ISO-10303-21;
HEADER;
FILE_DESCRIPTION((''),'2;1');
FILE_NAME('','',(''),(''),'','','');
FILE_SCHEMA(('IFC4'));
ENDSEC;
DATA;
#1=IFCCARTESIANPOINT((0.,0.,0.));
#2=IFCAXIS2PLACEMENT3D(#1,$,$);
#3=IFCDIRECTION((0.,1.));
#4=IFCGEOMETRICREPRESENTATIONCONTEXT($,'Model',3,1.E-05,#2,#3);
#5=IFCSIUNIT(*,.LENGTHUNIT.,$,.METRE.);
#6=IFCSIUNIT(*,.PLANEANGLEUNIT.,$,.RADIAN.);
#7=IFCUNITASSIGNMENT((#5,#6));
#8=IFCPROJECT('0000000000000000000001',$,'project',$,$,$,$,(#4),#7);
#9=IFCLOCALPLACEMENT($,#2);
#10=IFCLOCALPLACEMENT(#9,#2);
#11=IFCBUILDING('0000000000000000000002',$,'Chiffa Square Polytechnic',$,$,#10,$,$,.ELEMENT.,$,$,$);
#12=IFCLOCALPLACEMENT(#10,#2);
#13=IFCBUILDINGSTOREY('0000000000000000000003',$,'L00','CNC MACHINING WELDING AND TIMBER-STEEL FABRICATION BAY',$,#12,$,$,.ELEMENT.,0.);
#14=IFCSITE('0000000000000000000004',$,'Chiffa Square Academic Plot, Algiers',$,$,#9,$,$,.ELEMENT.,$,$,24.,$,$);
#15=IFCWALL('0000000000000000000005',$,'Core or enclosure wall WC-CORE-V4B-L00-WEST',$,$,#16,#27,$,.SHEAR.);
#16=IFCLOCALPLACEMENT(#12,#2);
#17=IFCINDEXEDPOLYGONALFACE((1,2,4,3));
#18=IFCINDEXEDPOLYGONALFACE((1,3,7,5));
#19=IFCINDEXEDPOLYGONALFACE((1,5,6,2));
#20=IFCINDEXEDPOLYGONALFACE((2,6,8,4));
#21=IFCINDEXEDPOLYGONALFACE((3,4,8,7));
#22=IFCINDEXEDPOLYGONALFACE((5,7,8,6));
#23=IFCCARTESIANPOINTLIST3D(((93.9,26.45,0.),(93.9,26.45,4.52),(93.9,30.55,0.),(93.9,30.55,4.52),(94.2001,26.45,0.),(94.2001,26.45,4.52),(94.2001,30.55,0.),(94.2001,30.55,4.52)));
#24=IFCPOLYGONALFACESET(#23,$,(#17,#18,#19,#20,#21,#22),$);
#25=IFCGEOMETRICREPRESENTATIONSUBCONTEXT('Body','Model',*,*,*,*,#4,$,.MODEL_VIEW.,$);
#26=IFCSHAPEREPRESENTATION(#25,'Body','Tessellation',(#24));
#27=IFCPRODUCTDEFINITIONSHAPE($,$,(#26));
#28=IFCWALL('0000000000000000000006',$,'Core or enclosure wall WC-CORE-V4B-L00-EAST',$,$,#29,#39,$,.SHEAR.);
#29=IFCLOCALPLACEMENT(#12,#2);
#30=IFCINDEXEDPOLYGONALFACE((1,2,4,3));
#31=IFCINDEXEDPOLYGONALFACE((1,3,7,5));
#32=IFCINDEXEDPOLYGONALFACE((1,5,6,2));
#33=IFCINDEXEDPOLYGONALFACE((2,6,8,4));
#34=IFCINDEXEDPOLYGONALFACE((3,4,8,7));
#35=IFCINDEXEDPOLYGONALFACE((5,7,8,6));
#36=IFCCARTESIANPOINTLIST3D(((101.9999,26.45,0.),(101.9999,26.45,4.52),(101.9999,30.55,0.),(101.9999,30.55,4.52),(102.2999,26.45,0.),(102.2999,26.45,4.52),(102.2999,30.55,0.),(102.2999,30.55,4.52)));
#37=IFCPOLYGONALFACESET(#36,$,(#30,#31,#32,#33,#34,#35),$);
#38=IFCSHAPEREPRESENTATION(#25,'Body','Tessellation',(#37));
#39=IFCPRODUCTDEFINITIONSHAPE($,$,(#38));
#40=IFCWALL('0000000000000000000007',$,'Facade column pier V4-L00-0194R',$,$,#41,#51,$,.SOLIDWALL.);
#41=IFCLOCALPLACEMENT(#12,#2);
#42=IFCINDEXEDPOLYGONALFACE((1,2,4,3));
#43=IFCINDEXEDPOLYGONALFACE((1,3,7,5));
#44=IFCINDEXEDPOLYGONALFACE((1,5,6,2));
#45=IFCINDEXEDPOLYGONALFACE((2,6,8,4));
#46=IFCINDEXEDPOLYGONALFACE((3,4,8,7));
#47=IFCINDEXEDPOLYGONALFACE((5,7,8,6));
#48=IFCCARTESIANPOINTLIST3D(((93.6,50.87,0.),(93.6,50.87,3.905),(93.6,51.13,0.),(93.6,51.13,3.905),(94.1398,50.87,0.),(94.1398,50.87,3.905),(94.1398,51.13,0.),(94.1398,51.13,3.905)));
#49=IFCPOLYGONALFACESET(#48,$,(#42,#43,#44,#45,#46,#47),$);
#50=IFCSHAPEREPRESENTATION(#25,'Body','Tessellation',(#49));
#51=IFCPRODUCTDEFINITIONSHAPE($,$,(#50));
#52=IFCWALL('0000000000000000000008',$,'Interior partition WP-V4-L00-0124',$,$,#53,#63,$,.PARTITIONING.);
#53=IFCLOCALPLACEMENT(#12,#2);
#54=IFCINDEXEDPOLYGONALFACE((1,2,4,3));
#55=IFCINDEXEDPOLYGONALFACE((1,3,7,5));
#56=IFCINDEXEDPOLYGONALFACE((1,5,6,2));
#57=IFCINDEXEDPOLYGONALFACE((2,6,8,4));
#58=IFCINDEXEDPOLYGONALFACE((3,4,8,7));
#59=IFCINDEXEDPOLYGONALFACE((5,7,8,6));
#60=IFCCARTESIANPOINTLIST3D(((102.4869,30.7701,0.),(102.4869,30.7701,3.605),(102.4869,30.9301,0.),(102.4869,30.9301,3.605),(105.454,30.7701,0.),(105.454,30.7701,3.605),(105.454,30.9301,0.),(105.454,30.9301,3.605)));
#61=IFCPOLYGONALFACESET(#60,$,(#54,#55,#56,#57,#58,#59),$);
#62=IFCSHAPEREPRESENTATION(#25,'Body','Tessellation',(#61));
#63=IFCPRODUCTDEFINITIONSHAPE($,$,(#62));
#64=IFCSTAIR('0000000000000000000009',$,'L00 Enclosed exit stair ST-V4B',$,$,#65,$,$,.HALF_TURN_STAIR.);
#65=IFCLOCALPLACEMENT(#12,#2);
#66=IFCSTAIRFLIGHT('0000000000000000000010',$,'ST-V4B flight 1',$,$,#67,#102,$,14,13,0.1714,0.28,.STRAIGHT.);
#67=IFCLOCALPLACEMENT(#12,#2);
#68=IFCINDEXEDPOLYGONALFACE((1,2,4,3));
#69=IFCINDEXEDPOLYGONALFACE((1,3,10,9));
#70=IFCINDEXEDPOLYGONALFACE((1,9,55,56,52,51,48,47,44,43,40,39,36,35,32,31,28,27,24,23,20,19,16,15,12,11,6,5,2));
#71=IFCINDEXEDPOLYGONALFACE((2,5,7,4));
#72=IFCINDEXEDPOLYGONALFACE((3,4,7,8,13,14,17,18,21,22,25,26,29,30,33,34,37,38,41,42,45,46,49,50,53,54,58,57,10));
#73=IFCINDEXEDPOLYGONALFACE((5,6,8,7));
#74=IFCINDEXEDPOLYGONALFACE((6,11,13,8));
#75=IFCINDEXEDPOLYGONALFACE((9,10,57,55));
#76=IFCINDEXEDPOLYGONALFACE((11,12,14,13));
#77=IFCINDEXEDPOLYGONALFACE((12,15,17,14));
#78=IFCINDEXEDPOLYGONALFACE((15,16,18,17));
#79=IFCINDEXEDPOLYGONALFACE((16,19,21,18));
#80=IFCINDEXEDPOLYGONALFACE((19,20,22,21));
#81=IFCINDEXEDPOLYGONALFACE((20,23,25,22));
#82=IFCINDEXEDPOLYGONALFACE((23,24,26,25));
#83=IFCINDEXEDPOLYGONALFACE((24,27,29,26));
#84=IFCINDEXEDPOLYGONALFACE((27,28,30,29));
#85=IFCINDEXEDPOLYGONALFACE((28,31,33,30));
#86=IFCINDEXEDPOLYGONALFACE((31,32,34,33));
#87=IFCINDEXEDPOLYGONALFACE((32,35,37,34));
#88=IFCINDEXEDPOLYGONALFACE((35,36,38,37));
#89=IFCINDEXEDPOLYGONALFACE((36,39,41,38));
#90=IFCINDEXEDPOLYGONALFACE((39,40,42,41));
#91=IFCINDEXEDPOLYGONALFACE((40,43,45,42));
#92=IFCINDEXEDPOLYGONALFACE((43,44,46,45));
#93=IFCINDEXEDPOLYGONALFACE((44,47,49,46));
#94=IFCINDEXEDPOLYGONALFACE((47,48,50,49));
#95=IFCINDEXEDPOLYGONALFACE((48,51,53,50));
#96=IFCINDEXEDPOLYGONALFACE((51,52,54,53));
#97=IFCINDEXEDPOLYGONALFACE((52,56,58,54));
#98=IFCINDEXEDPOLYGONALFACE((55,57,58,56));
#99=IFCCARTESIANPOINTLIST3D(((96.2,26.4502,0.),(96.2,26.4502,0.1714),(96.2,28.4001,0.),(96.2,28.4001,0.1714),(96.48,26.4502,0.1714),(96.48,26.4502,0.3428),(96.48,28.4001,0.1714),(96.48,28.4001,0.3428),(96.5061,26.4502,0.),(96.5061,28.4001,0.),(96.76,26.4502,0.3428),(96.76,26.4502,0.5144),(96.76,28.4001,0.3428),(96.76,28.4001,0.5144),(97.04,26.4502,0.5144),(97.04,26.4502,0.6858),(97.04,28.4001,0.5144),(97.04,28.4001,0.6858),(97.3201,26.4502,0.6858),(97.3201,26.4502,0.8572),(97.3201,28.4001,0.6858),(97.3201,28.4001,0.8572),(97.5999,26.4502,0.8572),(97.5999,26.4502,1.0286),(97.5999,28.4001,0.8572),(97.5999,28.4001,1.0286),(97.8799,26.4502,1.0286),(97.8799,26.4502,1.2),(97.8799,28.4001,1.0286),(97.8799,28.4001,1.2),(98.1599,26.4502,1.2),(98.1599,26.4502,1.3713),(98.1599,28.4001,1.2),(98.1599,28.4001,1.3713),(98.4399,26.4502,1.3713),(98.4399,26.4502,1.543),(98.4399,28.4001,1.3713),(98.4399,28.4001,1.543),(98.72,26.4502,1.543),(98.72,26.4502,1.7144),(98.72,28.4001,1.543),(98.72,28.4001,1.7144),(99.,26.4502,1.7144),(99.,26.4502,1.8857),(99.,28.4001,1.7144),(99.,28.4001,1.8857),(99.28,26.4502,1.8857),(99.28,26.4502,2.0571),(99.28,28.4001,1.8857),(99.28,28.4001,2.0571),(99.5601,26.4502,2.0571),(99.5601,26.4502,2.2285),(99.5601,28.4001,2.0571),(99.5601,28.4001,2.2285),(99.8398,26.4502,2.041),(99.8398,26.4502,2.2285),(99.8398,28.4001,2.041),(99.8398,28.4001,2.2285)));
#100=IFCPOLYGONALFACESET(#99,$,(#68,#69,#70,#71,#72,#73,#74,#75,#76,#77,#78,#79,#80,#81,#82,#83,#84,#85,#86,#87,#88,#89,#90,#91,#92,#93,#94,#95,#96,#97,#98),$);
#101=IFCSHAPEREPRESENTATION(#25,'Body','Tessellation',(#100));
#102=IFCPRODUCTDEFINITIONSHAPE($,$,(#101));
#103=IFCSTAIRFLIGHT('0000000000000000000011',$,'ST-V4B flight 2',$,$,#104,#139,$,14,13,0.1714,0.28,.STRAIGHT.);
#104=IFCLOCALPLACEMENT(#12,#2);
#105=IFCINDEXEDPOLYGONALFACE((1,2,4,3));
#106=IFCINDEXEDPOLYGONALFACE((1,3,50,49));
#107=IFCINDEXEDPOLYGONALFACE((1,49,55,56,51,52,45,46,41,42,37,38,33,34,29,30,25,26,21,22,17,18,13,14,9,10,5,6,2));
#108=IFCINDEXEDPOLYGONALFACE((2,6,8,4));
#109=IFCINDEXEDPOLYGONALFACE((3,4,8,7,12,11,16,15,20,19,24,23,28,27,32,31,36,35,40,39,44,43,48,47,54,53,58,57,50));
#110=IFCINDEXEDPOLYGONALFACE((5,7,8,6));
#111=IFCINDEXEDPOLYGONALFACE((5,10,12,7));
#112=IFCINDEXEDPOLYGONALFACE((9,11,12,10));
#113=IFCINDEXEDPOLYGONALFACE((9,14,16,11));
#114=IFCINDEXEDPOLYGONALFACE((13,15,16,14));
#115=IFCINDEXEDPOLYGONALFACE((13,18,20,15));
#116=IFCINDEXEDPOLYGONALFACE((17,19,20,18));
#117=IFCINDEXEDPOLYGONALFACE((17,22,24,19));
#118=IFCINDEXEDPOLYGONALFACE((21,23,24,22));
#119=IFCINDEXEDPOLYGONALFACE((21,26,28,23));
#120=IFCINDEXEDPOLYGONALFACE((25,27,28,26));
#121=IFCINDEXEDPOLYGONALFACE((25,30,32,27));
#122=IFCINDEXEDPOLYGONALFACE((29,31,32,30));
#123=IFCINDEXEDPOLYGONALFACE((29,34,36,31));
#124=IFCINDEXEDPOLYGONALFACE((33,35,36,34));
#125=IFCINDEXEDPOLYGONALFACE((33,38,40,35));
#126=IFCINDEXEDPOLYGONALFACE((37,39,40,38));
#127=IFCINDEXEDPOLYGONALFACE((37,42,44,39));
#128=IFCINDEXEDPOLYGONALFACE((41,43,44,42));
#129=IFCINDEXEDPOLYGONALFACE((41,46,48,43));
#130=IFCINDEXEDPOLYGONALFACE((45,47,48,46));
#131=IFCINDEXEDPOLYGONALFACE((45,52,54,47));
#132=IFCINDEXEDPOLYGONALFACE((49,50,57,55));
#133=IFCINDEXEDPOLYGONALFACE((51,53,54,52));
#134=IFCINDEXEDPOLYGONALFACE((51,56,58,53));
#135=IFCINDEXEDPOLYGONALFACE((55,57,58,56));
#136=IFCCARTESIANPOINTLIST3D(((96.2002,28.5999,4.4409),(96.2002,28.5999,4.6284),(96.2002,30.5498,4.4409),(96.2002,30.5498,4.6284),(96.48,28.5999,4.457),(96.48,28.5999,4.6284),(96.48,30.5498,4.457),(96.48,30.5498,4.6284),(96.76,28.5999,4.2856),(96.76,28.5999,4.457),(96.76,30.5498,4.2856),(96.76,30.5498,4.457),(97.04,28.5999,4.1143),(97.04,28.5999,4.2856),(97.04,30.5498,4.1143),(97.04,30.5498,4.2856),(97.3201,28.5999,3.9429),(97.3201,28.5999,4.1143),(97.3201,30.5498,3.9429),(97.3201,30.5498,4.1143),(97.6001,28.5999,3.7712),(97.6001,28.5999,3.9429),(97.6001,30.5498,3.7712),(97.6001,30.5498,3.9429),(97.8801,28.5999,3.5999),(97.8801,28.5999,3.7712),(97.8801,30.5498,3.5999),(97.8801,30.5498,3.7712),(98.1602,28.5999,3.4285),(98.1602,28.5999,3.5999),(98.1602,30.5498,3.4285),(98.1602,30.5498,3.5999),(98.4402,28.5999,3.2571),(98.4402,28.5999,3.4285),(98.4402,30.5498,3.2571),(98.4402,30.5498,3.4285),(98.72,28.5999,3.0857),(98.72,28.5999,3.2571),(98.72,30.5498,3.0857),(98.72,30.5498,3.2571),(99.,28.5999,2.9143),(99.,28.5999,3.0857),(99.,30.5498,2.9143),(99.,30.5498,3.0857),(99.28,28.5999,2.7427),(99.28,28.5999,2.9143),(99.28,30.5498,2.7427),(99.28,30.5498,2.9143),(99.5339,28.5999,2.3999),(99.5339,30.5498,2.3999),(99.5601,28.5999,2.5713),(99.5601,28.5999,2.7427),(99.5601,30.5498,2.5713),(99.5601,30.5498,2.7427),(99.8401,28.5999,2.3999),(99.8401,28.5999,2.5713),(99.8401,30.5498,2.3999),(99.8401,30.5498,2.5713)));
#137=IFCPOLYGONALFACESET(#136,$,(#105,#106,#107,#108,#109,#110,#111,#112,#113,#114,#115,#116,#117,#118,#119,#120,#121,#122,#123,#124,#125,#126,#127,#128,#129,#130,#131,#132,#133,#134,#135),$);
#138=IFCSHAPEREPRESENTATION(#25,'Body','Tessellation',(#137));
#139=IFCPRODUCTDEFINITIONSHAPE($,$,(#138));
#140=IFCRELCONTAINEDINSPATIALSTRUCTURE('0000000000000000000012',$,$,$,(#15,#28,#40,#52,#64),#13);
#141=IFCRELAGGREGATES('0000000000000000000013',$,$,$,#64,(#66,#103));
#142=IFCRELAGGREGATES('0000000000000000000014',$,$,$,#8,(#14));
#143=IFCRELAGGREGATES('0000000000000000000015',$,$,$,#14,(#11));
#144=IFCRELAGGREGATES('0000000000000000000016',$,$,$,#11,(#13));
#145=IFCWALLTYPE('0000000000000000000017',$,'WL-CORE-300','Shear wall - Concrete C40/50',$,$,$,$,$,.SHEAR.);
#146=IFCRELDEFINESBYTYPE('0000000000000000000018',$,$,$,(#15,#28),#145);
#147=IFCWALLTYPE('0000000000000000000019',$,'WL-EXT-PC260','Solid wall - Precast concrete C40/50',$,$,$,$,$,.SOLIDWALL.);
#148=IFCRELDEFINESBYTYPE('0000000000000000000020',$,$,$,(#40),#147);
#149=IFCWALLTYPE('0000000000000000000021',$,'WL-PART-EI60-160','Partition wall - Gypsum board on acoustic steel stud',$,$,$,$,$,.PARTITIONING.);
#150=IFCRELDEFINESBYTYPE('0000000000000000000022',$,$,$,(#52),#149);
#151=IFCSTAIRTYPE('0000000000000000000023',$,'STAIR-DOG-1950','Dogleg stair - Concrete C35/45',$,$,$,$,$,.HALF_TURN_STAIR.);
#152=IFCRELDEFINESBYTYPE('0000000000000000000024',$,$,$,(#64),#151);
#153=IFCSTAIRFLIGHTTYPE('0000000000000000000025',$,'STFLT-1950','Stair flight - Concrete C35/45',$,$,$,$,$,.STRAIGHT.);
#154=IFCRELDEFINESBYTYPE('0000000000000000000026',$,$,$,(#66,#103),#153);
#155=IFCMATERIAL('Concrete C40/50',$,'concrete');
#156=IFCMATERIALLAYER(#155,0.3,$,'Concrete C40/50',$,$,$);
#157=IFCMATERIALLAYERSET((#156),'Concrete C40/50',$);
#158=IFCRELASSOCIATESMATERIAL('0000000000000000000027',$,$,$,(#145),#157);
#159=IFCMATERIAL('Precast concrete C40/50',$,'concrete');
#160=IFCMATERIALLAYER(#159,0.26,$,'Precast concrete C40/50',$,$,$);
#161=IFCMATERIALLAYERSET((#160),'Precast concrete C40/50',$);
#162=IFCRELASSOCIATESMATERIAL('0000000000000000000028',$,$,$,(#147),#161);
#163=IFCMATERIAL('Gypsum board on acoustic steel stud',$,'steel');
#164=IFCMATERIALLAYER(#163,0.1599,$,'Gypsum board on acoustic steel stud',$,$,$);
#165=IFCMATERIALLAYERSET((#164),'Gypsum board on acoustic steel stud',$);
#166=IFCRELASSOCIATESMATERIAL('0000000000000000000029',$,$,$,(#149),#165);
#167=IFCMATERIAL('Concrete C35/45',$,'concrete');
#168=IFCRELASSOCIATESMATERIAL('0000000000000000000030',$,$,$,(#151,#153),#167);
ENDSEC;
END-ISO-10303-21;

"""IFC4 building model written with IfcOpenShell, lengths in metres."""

from ifc_helpers import new_model, si_unit, direction, frame, frame_2d, origin, place, context, subcontext, project, spatial, polyline, rectangle, outline, extrude, material, layer, layer_set, type_object, element, aggregate, save


model = new_model("IFC4")

# Units and contexts
model_context = context("Model", 3, precision=1e-05, world=origin(), true_north=direction((0.0, 1.0)))
body_context = subcontext(model_context, "Body", "Model", "MODEL_VIEW")
ifc_project = project(units=[si_unit("LENGTHUNIT", "METRE"), si_unit("PLANEANGLEUNIT", "RADIAN")], contexts=[model_context])

# Site, building, storey
site_placement = place(None, origin())
site = spatial("IfcSite", under=ifc_project, at=site_placement, Name="Chiffa Square Academic Plot, Algiers", CompositionType="ELEMENT", RefElevation=24.0)
building_placement = place(site_placement, origin())
building = spatial("IfcBuilding", under=site, at=building_placement, Name="Chiffa Square Polytechnic", CompositionType="ELEMENT")
storey_placement = place(building_placement, origin())
storey = spatial("IfcBuildingStorey", under=building, at=storey_placement, Name="L00", Description="CNC MACHINING WELDING AND TIMBER-STEEL FABRICATION BAY", CompositionType="ELEMENT", Elevation=0.0)

# Shared definitions
ifc_material_1 = material(Name="Concrete C40/50", Category="concrete")
ifc_layer_1 = layer(ifc_material_1, 0.3, Name="Concrete C40/50")
ifc_layer_set_1 = layer_set([ifc_layer_1], Name="Concrete C40/50")
wall_type_1 = type_object("IfcWallType", Name="WL-CORE-300", Description="Shear wall - Concrete C40/50", PredefinedType="SHEAR", material=ifc_layer_set_1)

# Walls
for number, where, z_axis, x_axis, name in (
    (1, (94.05, 26.45, 0.0), (0.0, 0.0, 1.0), (0.0, 1.0, 0.0), "Core or enclosure wall WC-CORE-V4B-L00-WEST"),
    (2, (102.1499, 26.45, 0.0), (0.0, 0.0, 1.0), (0.0, 1.0, 0.0), "Core or enclosure wall WC-CORE-V4B-L00-EAST"),
):
    element("IfcWall", number, at=place(storey_placement, frame(where, z_axis=z_axis, x_axis=x_axis)), inside=storey, type_object=wall_type_1, Name=name, PredefinedType="SHEAR", context=body_context, shape_type="SweptSolid", body=[
        extrude(rectangle(XDim=4.1001, YDim=0.3, at=frame_2d((2.05, 0.0))), origin(), (0.0, 0.0, 1.0), 4.52),
    ])
ifc_material_2 = material(Name="Precast concrete C40/50", Category="concrete")
ifc_layer_2 = layer(ifc_material_2, 0.26, Name="Precast concrete C40/50")
ifc_layer_set_2 = layer_set([ifc_layer_2], Name="Precast concrete C40/50")
wall_type_2 = type_object("IfcWallType", Name="WL-EXT-PC260", Description="Solid wall - Precast concrete C40/50", PredefinedType="SOLIDWALL", material=ifc_layer_set_2)
wall_1_placement = place(storey_placement, frame((94.1399, 51.0, 0.0), z_axis=(0.0, 0.0, 1.0), x_axis=(-1.0, 0.0, 0.0)))
element("IfcWall", 3, at=wall_1_placement, inside=storey, type_object=wall_type_2, Name="Facade column pier V4-L00-0194R", PredefinedType="SOLIDWALL", context=body_context, shape_type="SweptSolid", body=[
    extrude(rectangle(XDim=0.5398, YDim=0.26, at=frame_2d((0.27, 0.0))), origin(), (0.0, 0.0, 1.0), 3.905),
])
ifc_material_3 = material(Name="Gypsum board on acoustic steel stud", Category="steel")
ifc_layer_3 = layer(ifc_material_3, 0.1599, Name="Gypsum board on acoustic steel stud")
ifc_layer_set_3 = layer_set([ifc_layer_3], Name="Gypsum board on acoustic steel stud")
wall_type_3 = type_object("IfcWallType", Name="WL-PART-EI60-160", Description="Partition wall - Gypsum board on acoustic steel stud", PredefinedType="PARTITIONING", material=ifc_layer_set_3)
wall_2_placement = place(storey_placement, frame((102.4871, 30.8501, 0.0), z_axis=(0.0, 0.0, 1.0), x_axis=(1.0, 0.0, 0.0)))
element("IfcWall", 4, at=wall_2_placement, inside=storey, type_object=wall_type_3, Name="Interior partition WP-V4-L00-0124", PredefinedType="PARTITIONING", context=body_context, shape_type="SweptSolid", body=[
    extrude(rectangle(XDim=2.967, YDim=0.1599, at=frame_2d((1.4834, 0.0))), origin(), (0.0, 0.0, 1.0), 3.605),
])

# Stair, stair flights
ifc_material_4 = material(Name="Concrete C35/45", Category="concrete")
stair_type = type_object("IfcStairType", Name="STAIR-DOG-1950", Description="Dogleg stair - Concrete C35/45", PredefinedType="HALF_TURN_STAIR", material=ifc_material_4)
stair_placement = place(storey_placement, origin())
stair = element("IfcStair", 5, at=stair_placement, inside=storey, type_object=stair_type, Name="L00 Enclosed exit stair ST-V4B", PredefinedType="HALF_TURN_STAIR")
stair_flight_type = type_object("IfcStairFlightType", Name="STFLT-1950", Description="Stair flight - Concrete C35/45", PredefinedType="STRAIGHT", material=ifc_material_4)
stair_flight_1_placement = place(storey_placement, frame((96.2, 27.425, 0.0), z_axis=(0.0, 0.0, 1.0), x_axis=(1.0, 0.0, 0.0)))
stair_flight_1 = element("IfcStairFlight", 6, at=stair_flight_1_placement, type_object=stair_flight_type, Name="ST-V4B flight 1", NumberOfRisers=14, NumberOfTreads=13, PredefinedType="STRAIGHT", RiserHeight=0.1714, TreadLength=0.28, context=body_context, shape_type="SweptSolid", body=[
    extrude(outline(polyline([(0.0, 0.0), (0.0, 0.1714), (0.28, 0.1714), (0.28, 0.3428), (0.5601, 0.3428), (0.5601, 0.5144), (0.8401, 0.5144), (0.8401, 0.6858), (1.1201, 0.6858), (1.1201, 0.8572), (1.3999, 0.8572), (1.3999, 1.0286), (1.6799, 1.0286), (1.6799, 1.2), (1.96, 1.2), (1.96, 1.3713), (2.24, 1.3713), (2.24, 1.543), (2.52, 1.543), (2.52, 1.7144), (2.8, 1.7144), (2.8, 1.8857), (3.0801, 1.8857), (3.0801, 2.0571), (3.3601, 2.0571), (3.3601, 2.2285), (3.6399, 2.2285), (3.6399, 2.3999), (3.6399, 2.041), (0.3062, 0.0), (0.0, 0.0)])), frame((0.0, 0.9751, 0.0), z_axis=(0.0, -1.0, 0.0), x_axis=(1.0, 0.0, 0.0)), (0.0, 0.0, 1.0), 1.95),
])
stair_flight_2_placement = place(storey_placement, frame((99.8401, 29.575, 2.3999), z_axis=(0.0, 0.0, 1.0), x_axis=(-1.0, 0.0, 0.0)))
stair_flight_2 = element("IfcStairFlight", 7, at=stair_flight_2_placement, type_object=stair_flight_type, Name="ST-V4B flight 2", NumberOfRisers=14, NumberOfTreads=13, PredefinedType="STRAIGHT", RiserHeight=0.1714, TreadLength=0.28, context=body_context, shape_type="SweptSolid", body=[
    extrude(outline(polyline([(0.0, 0.0), (0.0, 0.1714), (0.28, 0.1714), (0.28, 0.3428), (0.5601, 0.3428), (0.5601, 0.5144), (0.8401, 0.5144), (0.8401, 0.6858), (1.1201, 0.6858), (1.1201, 0.8572), (1.3999, 0.8572), (1.3999, 1.0286), (1.6799, 1.0286), (1.6799, 1.2), (1.96, 1.2), (1.96, 1.3713), (2.24, 1.3713), (2.24, 1.543), (2.52, 1.543), (2.52, 1.7144), (2.8, 1.7144), (2.8, 1.8857), (3.0801, 1.8857), (3.0801, 2.0571), (3.3601, 2.0571), (3.3601, 2.2285), (3.6399, 2.2285), (3.6399, 2.3999), (3.6399, 2.041), (0.3062, 0.0), (0.0, 0.0)])), frame((0.0, 0.9751, 0.0), z_axis=(0.0, -1.0, 0.0), x_axis=(1.0, 0.0, 0.0)), (0.0, 0.0, 1.0), 1.95),
])
aggregate(stair, [stair_flight_1, stair_flight_2])

save(model, "model.ifc")
